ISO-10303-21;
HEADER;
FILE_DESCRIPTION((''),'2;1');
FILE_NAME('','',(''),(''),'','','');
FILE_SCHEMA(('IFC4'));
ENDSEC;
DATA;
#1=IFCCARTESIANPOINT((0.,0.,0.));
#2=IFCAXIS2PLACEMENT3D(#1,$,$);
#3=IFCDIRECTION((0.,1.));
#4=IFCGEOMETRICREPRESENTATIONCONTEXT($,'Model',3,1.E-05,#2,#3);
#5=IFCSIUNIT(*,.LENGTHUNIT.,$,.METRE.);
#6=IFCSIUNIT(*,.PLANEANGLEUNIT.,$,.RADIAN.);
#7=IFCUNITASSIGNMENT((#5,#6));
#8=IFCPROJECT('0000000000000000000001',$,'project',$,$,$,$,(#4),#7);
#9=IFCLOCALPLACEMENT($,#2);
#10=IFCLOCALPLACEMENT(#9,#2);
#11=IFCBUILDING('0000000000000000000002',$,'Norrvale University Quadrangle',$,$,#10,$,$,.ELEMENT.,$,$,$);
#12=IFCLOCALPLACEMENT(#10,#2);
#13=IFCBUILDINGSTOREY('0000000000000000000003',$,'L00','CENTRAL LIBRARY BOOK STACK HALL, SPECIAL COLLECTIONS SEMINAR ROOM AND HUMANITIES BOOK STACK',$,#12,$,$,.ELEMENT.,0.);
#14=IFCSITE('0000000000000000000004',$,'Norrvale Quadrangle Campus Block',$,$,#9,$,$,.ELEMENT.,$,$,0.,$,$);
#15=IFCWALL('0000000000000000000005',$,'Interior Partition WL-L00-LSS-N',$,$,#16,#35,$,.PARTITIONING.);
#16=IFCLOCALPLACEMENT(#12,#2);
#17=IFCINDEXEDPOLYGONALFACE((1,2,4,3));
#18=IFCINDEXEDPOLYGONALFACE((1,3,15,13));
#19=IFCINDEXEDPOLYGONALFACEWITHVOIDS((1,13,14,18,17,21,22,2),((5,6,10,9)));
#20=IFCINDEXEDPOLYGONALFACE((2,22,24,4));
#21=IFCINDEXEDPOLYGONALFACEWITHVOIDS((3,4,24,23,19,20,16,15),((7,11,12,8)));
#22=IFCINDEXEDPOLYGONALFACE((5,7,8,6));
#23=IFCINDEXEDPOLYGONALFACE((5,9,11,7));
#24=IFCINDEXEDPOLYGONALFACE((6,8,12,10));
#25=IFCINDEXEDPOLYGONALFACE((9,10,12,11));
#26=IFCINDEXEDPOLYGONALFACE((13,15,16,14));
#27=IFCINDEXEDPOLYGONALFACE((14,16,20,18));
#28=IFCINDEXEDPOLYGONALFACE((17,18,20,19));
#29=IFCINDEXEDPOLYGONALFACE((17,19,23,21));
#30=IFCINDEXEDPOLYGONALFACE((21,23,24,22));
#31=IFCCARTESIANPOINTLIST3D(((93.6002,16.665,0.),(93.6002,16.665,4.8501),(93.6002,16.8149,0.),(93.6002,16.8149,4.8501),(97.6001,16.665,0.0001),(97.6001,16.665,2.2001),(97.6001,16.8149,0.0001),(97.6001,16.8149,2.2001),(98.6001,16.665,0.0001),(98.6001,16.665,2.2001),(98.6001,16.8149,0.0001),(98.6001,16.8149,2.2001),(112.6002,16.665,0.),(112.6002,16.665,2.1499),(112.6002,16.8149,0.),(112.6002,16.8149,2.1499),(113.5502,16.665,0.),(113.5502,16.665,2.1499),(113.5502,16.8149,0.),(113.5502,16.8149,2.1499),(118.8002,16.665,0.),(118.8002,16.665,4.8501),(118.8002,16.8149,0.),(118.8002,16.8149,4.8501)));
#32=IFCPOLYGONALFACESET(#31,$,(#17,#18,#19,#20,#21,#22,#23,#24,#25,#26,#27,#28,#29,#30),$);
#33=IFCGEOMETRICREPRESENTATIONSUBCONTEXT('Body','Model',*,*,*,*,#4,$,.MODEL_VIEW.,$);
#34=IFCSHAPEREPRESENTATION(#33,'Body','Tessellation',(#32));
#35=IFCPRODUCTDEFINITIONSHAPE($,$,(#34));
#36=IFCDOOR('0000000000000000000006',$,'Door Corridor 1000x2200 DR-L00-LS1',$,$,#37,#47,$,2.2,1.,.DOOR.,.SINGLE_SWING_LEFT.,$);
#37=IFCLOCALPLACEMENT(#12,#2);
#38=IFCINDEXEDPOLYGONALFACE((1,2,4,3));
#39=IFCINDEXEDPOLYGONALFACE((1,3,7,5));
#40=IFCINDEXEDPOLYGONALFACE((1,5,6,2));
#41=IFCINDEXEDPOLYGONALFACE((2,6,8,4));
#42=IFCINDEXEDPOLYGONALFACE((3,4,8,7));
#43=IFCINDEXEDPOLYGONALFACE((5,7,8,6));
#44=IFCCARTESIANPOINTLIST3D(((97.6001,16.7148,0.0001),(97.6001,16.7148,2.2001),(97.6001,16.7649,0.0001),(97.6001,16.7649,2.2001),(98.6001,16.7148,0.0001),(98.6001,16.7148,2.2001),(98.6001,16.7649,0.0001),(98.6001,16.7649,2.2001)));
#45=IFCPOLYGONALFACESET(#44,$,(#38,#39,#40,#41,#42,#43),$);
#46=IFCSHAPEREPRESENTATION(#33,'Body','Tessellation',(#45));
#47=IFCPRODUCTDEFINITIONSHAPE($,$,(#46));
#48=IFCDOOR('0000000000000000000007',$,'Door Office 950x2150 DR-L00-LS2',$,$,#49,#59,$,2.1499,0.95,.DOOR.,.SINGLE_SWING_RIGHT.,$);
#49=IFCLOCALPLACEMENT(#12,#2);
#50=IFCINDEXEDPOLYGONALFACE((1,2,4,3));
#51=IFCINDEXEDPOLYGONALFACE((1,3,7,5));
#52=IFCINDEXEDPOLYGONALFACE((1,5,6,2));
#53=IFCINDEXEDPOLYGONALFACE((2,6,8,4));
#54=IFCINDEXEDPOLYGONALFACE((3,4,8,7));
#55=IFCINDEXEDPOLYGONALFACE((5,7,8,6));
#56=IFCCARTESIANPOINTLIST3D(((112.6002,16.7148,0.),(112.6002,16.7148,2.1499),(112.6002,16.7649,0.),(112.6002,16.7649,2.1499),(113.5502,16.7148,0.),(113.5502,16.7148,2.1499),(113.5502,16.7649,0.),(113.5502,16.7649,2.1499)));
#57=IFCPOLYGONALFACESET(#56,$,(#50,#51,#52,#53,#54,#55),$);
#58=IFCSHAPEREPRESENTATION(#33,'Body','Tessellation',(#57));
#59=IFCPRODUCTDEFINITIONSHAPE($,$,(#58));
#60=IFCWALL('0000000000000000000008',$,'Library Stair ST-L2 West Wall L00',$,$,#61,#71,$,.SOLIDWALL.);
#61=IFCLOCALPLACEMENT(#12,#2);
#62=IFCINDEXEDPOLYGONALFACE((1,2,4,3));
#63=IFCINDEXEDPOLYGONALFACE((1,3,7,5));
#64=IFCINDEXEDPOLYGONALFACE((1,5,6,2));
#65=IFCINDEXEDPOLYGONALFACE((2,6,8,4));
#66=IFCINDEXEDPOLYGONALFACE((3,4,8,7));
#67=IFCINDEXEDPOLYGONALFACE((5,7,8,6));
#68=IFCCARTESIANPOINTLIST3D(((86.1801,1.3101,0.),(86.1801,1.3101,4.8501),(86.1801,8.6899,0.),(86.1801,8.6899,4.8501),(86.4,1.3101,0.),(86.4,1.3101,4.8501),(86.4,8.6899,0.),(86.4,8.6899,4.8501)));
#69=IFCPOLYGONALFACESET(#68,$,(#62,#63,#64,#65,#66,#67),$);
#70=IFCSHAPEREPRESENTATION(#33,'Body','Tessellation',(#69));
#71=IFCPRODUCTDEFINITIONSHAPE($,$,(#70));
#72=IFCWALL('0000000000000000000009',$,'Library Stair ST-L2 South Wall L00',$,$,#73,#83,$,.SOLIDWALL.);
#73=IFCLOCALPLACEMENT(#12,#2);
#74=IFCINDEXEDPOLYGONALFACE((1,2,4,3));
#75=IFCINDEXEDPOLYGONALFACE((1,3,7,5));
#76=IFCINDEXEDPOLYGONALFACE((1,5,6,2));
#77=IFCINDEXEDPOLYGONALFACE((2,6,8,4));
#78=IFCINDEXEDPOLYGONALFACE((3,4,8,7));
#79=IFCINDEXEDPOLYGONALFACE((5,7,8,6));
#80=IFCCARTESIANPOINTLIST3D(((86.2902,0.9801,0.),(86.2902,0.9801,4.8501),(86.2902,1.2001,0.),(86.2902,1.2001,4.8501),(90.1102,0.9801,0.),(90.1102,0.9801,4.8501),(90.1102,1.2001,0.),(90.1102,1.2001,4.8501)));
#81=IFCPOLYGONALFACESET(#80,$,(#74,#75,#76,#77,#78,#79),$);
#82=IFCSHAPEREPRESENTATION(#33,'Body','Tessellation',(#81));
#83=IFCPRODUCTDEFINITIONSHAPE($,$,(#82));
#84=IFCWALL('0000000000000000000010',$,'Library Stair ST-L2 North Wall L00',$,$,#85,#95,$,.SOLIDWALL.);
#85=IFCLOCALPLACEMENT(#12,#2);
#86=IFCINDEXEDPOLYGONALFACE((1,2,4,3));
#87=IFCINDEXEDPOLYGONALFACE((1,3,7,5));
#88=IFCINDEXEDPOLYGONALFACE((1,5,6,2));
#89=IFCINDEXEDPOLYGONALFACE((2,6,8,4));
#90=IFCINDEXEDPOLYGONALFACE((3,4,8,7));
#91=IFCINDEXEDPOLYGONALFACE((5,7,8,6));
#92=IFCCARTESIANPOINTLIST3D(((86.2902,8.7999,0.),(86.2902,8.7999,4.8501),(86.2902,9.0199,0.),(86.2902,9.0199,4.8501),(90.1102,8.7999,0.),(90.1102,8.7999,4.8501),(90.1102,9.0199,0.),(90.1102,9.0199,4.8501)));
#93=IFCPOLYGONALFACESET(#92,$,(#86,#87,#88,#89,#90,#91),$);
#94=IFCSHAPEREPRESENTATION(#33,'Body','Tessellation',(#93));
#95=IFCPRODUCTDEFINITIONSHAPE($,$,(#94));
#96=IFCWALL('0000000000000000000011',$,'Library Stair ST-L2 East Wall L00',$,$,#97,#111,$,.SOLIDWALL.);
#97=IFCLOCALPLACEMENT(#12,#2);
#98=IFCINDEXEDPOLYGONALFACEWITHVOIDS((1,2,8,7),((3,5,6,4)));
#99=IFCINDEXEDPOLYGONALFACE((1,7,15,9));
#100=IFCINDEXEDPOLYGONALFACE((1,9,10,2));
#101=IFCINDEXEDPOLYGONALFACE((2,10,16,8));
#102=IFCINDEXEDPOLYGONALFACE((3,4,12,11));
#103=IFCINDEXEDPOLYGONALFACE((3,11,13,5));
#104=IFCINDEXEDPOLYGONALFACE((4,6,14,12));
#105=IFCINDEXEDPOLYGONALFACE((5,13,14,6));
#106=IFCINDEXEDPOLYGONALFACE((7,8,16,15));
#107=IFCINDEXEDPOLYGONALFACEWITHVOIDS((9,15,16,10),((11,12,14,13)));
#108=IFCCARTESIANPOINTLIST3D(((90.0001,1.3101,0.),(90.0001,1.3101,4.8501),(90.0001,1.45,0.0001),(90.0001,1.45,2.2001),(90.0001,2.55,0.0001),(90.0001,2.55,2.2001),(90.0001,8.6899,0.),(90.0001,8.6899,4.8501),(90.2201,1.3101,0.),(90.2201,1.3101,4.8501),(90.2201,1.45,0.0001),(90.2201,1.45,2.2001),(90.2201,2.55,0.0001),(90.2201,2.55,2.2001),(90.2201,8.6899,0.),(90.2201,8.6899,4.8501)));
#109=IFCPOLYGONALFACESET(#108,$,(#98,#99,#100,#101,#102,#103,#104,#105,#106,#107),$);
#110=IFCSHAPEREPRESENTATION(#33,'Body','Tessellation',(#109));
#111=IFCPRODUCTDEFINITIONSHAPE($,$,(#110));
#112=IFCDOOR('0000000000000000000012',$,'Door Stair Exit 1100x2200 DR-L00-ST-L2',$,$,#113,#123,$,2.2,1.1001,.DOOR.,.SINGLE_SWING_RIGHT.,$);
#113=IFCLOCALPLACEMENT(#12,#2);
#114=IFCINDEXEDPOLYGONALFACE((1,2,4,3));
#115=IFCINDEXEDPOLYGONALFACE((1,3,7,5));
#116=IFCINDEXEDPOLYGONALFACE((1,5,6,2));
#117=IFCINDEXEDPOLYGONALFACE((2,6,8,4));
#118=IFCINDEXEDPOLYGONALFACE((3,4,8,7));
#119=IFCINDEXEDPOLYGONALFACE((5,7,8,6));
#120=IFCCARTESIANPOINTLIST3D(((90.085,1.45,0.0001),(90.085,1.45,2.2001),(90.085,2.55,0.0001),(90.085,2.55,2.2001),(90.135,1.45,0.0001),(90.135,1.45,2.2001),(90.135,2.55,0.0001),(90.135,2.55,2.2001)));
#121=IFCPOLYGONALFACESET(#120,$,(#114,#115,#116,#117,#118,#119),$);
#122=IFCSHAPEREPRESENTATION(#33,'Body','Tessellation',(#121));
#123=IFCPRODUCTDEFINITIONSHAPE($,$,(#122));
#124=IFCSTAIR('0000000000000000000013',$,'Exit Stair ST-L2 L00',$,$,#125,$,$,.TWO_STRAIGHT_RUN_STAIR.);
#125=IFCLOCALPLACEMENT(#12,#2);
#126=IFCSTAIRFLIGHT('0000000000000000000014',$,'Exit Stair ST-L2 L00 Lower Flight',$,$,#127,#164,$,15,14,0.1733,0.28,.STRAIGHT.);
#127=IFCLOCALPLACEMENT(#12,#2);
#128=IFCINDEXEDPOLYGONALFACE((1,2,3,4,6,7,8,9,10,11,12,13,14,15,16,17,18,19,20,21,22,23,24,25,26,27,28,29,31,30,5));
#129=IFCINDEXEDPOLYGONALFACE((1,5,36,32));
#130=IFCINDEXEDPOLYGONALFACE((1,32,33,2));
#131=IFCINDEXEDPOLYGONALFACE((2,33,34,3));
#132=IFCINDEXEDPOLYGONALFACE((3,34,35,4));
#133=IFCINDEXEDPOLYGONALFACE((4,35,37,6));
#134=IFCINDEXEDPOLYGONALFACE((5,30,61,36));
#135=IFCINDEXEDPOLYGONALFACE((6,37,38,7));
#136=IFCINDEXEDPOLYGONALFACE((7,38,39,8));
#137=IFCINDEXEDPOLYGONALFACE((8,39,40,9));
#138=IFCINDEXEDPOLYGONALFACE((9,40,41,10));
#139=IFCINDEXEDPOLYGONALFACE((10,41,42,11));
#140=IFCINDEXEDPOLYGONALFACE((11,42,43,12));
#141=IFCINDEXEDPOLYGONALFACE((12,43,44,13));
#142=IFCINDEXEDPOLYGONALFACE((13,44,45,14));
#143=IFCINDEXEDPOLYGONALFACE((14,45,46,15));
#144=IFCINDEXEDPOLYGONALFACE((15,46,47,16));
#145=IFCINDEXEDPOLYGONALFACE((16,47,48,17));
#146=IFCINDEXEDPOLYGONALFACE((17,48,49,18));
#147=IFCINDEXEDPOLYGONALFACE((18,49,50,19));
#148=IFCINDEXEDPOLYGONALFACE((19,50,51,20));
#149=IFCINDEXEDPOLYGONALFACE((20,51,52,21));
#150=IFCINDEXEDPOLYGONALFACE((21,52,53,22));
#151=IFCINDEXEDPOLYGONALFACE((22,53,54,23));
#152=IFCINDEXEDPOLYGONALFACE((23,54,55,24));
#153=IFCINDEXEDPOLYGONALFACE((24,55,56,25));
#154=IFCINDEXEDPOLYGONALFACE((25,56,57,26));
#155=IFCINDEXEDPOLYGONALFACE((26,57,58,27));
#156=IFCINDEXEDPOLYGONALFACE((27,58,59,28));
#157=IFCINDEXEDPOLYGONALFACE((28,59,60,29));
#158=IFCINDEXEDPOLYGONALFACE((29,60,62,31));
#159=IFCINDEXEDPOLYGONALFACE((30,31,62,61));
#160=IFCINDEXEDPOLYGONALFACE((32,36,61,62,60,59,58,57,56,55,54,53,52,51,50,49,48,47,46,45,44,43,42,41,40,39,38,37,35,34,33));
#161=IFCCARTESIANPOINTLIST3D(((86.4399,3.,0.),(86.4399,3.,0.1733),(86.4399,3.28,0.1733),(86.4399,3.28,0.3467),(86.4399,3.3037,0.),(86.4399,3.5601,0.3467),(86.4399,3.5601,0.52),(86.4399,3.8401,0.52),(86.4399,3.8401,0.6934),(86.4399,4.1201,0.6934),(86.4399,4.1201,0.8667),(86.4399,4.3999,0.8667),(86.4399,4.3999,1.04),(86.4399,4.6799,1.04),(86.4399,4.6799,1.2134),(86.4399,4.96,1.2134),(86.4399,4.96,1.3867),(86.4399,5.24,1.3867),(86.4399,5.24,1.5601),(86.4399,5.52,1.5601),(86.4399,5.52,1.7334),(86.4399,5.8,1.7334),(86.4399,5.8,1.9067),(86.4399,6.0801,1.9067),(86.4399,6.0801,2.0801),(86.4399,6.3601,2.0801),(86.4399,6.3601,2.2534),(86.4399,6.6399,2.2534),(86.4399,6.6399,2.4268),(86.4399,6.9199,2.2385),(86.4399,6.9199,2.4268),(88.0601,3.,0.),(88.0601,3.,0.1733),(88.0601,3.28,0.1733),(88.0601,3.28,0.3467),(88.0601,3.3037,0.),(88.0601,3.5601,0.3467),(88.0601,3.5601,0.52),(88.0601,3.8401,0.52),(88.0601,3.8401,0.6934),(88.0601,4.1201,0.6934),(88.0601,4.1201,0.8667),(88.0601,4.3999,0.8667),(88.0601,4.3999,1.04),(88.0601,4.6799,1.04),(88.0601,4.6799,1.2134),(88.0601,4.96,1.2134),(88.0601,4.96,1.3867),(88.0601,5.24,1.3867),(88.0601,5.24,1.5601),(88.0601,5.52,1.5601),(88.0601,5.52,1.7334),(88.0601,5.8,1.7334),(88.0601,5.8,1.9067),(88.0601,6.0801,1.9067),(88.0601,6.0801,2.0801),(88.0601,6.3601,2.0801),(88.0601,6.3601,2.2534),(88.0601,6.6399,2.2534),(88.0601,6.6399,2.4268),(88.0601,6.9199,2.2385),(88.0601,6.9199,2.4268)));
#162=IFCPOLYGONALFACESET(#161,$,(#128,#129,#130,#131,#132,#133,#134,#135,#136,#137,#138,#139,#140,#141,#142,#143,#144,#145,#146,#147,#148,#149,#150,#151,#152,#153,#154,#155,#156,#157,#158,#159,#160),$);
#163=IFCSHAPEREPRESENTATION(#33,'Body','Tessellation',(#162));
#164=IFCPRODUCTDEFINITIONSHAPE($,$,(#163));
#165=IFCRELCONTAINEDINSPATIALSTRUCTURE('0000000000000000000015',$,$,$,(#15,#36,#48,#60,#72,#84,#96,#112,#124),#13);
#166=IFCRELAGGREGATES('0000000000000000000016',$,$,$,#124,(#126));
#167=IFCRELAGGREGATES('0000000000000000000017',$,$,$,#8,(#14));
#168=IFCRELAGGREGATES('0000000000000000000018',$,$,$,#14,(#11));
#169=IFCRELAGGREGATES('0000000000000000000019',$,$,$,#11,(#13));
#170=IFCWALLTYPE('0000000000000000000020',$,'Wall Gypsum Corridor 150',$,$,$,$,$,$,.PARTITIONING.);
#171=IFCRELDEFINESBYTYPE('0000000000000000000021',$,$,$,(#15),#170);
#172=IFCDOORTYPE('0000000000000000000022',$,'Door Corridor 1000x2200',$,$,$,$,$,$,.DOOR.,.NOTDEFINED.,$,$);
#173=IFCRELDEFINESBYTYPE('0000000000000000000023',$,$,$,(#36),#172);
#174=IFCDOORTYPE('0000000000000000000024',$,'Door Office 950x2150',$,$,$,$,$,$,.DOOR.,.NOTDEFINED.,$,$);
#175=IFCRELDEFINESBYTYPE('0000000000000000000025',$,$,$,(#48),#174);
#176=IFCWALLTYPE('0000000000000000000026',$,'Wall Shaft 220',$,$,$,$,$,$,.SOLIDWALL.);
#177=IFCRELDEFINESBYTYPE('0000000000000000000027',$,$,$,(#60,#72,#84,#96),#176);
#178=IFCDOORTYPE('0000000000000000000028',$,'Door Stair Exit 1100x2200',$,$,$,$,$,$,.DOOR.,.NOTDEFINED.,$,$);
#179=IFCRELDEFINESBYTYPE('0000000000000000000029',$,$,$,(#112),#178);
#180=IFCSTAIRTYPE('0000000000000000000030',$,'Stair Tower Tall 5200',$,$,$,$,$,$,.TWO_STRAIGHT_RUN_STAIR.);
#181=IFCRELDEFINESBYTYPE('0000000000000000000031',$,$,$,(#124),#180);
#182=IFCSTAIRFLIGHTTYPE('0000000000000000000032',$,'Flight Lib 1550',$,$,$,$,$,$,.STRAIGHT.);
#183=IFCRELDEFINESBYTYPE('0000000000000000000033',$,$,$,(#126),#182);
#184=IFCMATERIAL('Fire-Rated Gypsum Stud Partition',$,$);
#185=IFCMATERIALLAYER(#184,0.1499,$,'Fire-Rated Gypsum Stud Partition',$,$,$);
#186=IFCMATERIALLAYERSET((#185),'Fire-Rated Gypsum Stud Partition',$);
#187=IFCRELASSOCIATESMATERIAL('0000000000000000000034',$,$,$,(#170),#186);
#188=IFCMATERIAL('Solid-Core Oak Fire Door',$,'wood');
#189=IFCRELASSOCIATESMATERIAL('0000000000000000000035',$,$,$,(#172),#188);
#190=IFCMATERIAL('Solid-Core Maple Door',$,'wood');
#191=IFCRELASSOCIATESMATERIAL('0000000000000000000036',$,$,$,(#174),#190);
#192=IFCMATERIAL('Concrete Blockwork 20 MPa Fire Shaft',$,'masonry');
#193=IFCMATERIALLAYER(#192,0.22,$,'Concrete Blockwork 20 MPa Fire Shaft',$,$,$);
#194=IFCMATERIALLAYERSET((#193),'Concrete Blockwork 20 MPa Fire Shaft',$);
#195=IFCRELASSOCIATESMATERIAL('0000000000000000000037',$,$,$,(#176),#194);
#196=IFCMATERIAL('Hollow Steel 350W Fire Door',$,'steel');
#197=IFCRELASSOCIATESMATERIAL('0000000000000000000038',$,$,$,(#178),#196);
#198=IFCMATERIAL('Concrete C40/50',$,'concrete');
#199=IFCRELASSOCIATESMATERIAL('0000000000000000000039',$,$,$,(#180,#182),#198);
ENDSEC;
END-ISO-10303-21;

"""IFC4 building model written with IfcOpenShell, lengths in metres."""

from ifc_helpers import new_model, si_unit, direction, frame, frame_2d, origin, place, context, subcontext, project, spatial, polyline, rectangle, outline, extrude, material, layer, layer_set, type_object, element, fill, aggregate, save


model = new_model("IFC4")

# Units and contexts
model_context = context("Model", 3, precision=1e-05, world=origin(), true_north=direction((0.0, 1.0)))
body_context = subcontext(model_context, "Body", "Model", "MODEL_VIEW")
ifc_project = project(units=[si_unit("LENGTHUNIT", "METRE"), si_unit("PLANEANGLEUNIT", "RADIAN")], contexts=[model_context])

# Site, building, storey
site_placement = place(None, origin())
site = spatial("IfcSite", under=ifc_project, at=site_placement, Name="Norrvale Quadrangle Campus Block", CompositionType="ELEMENT", RefElevation=0.0)
building_placement = place(site_placement, origin())
building = spatial("IfcBuilding", under=site, at=building_placement, Name="Norrvale University Quadrangle", CompositionType="ELEMENT")
storey_placement = place(building_placement, origin())
storey = spatial("IfcBuildingStorey", under=building, at=storey_placement, Name="L00", Description="CENTRAL LIBRARY BOOK STACK HALL, SPECIAL COLLECTIONS SEMINAR ROOM AND HUMANITIES BOOK STACK", CompositionType="ELEMENT", Elevation=0.0)

# Shared definitions
ifc_material_1 = material(Name="Fire-Rated Gypsum Stud Partition")
ifc_layer_1 = layer(ifc_material_1, 0.1499, Name="Fire-Rated Gypsum Stud Partition")
ifc_layer_set_1 = layer_set([ifc_layer_1], Name="Fire-Rated Gypsum Stud Partition")
wall_type_1 = type_object("IfcWallType", Name="Wall Gypsum Corridor 150", PredefinedType="PARTITIONING", material=ifc_layer_set_1)

# Wall, openings, doors
ifc_material_2 = material(Name="Solid-Core Oak Fire Door", Category="wood")
door_type_1 = type_object("IfcDoorType", Name="Door Corridor 1000x2200", OperationType="NOTDEFINED", PredefinedType="DOOR", material=ifc_material_2)
wall_1_placement = place(storey_placement, frame((93.6001, 16.74, 0.0), z_axis=(0.0, 0.0, 1.0), x_axis=(1.0, 0.0, 0.0)))
wall_1 = element("IfcWall", 1, at=wall_1_placement, inside=storey, type_object=wall_type_1, Name="Interior Partition WL-L00-LSS-N", PredefinedType="PARTITIONING", context=body_context, shape_type="SweptSolid", body=[
    extrude(rectangle(XDim=25.2, YDim=0.1499, at=frame_2d((12.6001, 0.0))), origin(), (0.0, 0.0, 1.0), 4.8501),
])
opening_1_placement = place(wall_1_placement, frame((4.0, 0.0, 0.0)))
opening_1 = element("IfcOpeningElement", 2, at=opening_1_placement, cuts=wall_1, PredefinedType="OPENING", context=body_context, shape_type="SweptSolid", body=[
    extrude(rectangle(XDim=1.0, YDim=2.2, at=frame_2d((0.5, 1.1001))), frame((0.0, 0.0869, 0.0), z_axis=(0.0, -1.0, 0.0), x_axis=(1.0, 0.0, 0.0)), (0.0, 0.0, 1.0), 0.1738),
])
opening_2_placement = place(wall_1_placement, frame((19.0, 0.0, 0.0)))
opening_2 = element("IfcOpeningElement", 3, at=opening_2_placement, cuts=wall_1, PredefinedType="OPENING", context=body_context, shape_type="SweptSolid", body=[
    extrude(rectangle(XDim=0.95, YDim=2.1499, at=frame_2d((0.4751, 1.075))), frame((0.0, 0.0869, 0.0), z_axis=(0.0, -1.0, 0.0), x_axis=(1.0, 0.0, 0.0)), (0.0, 0.0, 1.0), 0.1738),
])
door_1_placement = place(opening_1_placement, origin())
door_1 = element("IfcDoor", 4, at=door_1_placement, inside=storey, type_object=door_type_1, Name="Door Corridor 1000x2200 DR-L00-LS1", OperationType="SINGLE_SWING_LEFT", OverallHeight=2.2, OverallWidth=1.0, PredefinedType="DOOR", context=body_context, shape_type="SweptSolid", body=[
    extrude(rectangle(XDim=1.0, YDim=2.2, at=frame_2d((0.5, 1.1001))), frame((0.0, 0.0249, 0.0), z_axis=(0.0, -1.0, 0.0), x_axis=(1.0, 0.0, 0.0)), (0.0, 0.0, 1.0), 0.05),
])
fill(opening_1, door_1)
ifc_material_3 = material(Name="Solid-Core Maple Door", Category="wood")
door_type_2 = type_object("IfcDoorType", Name="Door Office 950x2150", OperationType="NOTDEFINED", PredefinedType="DOOR", material=ifc_material_3)
door_2_placement = place(opening_2_placement, origin())
door_2 = element("IfcDoor", 5, at=door_2_placement, inside=storey, type_object=door_type_2, Name="Door Office 950x2150 DR-L00-LS2", OperationType="SINGLE_SWING_RIGHT", OverallHeight=2.1499, OverallWidth=0.95, PredefinedType="DOOR", context=body_context, shape_type="SweptSolid", body=[
    extrude(rectangle(XDim=0.95, YDim=2.1499, at=frame_2d((0.4751, 1.075))), frame((0.0, 0.0249, 0.0), z_axis=(0.0, -1.0, 0.0), x_axis=(1.0, 0.0, 0.0)), (0.0, 0.0, 1.0), 0.05),
])
fill(opening_2, door_2)

# Walls
ifc_material_4 = material(Name="Concrete Blockwork 20 MPa Fire Shaft", Category="masonry")
ifc_layer_2 = layer(ifc_material_4, 0.22, Name="Concrete Blockwork 20 MPa Fire Shaft")
ifc_layer_set_2 = layer_set([ifc_layer_2], Name="Concrete Blockwork 20 MPa Fire Shaft")
wall_type_2 = type_object("IfcWallType", Name="Wall Shaft 220", PredefinedType="SOLIDWALL", material=ifc_layer_set_2)
wall_2_placement = place(storey_placement, frame((86.29, 1.3101, 0.0), z_axis=(0.0, 0.0, 1.0), x_axis=(0.0, 1.0, 0.0)))
element("IfcWall", 6, at=wall_2_placement, inside=storey, type_object=wall_type_2, Name="Library Stair ST-L2 West Wall L00", PredefinedType="SOLIDWALL", context=body_context, shape_type="SweptSolid", body=[
    extrude(rectangle(XDim=7.3799, YDim=0.22, at=frame_2d((3.6899, 0.0))), origin(), (0.0, 0.0, 1.0), 4.8501),
])
for number, where, z_axis, x_axis, name in (
    (7, (86.29, 1.0901, 0.0), (0.0, 0.0, 1.0), (1.0, 0.0, 0.0), "Library Stair ST-L2 South Wall L00"),
    (8, (86.29, 8.9099, 0.0), (0.0, 0.0, 1.0), (1.0, 0.0, 0.0), "Library Stair ST-L2 North Wall L00"),
):
    element("IfcWall", number, at=place(storey_placement, frame(where, z_axis=z_axis, x_axis=x_axis)), inside=storey, type_object=wall_type_2, Name=name, PredefinedType="SOLIDWALL", context=body_context, shape_type="SweptSolid", body=[
        extrude(rectangle(XDim=3.8201, YDim=0.22, at=frame_2d((1.9102, 0.0))), origin(), (0.0, 0.0, 1.0), 4.8501),
    ])

# Wall, opening, door
wall_3_placement = place(storey_placement, frame((90.1101, 1.3101, 0.0), z_axis=(0.0, 0.0, 1.0), x_axis=(0.0, 1.0, 0.0)))
wall_3 = element("IfcWall", 9, at=wall_3_placement, inside=storey, type_object=wall_type_2, Name="Library Stair ST-L2 East Wall L00", PredefinedType="SOLIDWALL", context=body_context, shape_type="SweptSolid", body=[
    extrude(rectangle(XDim=7.3799, YDim=0.22, at=frame_2d((3.6899, 0.0))), origin(), (0.0, 0.0, 1.0), 4.8501),
])
opening_3_placement = place(wall_3_placement, frame((0.1399, 0.0, 0.0)))
opening_3 = element("IfcOpeningElement", 10, at=opening_3_placement, cuts=wall_3, PredefinedType="OPENING", context=body_context, shape_type="SweptSolid", body=[
    extrude(rectangle(XDim=1.1001, YDim=2.2, at=frame_2d((0.55, 1.1001))), frame((0.0, 0.1221, 0.0), z_axis=(0.0, -1.0, 0.0), x_axis=(1.0, 0.0, 0.0)), (0.0, 0.0, 1.0), 0.2439),
])
ifc_material_5 = material(Name="Hollow Steel 350W Fire Door", Category="steel")
door_type_3 = type_object("IfcDoorType", Name="Door Stair Exit 1100x2200", OperationType="NOTDEFINED", PredefinedType="DOOR", material=ifc_material_5)
door_3_placement = place(opening_3_placement, frame((1.1001, 0.0, 0.0), z_axis=(0.0, 0.0, 1.0), x_axis=(-1.0, 0.0, 0.0)))
door_3 = element("IfcDoor", 11, at=door_3_placement, inside=storey, type_object=door_type_3, Name="Door Stair Exit 1100x2200 DR-L00-ST-L2", OperationType="SINGLE_SWING_RIGHT", OverallHeight=2.2, OverallWidth=1.1001, PredefinedType="DOOR", context=body_context, shape_type="SweptSolid", body=[
    extrude(rectangle(XDim=1.1001, YDim=2.2, at=frame_2d((0.55, 1.1001))), frame((0.0, 0.0249, 0.0), z_axis=(0.0, -1.0, 0.0), x_axis=(1.0, 0.0, 0.0)), (0.0, 0.0, 1.0), 0.05),
])
fill(opening_3, door_3)

# Stair, stair flight
ifc_material_6 = material(Name="Concrete C40/50", Category="concrete")
stair_type = type_object("IfcStairType", Name="Stair Tower Tall 5200", PredefinedType="TWO_STRAIGHT_RUN_STAIR", material=ifc_material_6)
stair_placement = place(storey_placement, origin())
stair = element("IfcStair", 12, at=stair_placement, inside=storey, type_object=stair_type, Name="Exit Stair ST-L2 L00", PredefinedType="TWO_STRAIGHT_RUN_STAIR")
stair_flight_type = type_object("IfcStairFlightType", Name="Flight Lib 1550", PredefinedType="STRAIGHT", material=ifc_material_6)
stair_flight_1_placement = place(storey_placement, frame((87.25, 3.0, 0.0), z_axis=(0.0, 0.0, 1.0), x_axis=(0.0, 1.0, 0.0)))
stair_flight_1 = element("IfcStairFlight", 13, at=stair_flight_1_placement, type_object=stair_flight_type, Name="Exit Stair ST-L2 L00 Lower Flight", NumberOfRisers=15, NumberOfTreads=14, PredefinedType="STRAIGHT", RiserHeight=0.1733, TreadLength=0.28, context=body_context, shape_type="SweptSolid", body=[
    extrude(outline(polyline([(0.0, 0.0), (0.0, 0.1733), (0.28, 0.1733), (0.28, 0.3467), (0.5601, 0.3467), (0.5601, 0.52), (0.8401, 0.52), (0.8401, 0.6934), (1.1201, 0.6934), (1.1201, 0.8667), (1.3999, 0.8667), (1.3999, 1.04), (1.6799, 1.04), (1.6799, 1.2134), (1.96, 1.2134), (1.96, 1.3867), (2.24, 1.3867), (2.24, 1.5601), (2.52, 1.5601), (2.52, 1.7334), (2.8, 1.7334), (2.8, 1.9067), (3.0801, 1.9067), (3.0801, 2.0801), (3.3601, 2.0801), (3.3601, 2.2534), (3.6399, 2.2534), (3.6399, 2.4268), (3.9199, 2.4268), (3.9199, 2.6001), (3.9199, 2.2385), (0.3037, 0.0), (0.0, 0.0)])), frame((0.0, 0.8101, 0.0), z_axis=(0.0, -1.0, 0.0), x_axis=(1.0, 0.0, 0.0)), (0.0, 0.0, 1.0), 1.6201),
])
aggregate(stair, [stair_flight_1])

save(model, "model.ifc")
